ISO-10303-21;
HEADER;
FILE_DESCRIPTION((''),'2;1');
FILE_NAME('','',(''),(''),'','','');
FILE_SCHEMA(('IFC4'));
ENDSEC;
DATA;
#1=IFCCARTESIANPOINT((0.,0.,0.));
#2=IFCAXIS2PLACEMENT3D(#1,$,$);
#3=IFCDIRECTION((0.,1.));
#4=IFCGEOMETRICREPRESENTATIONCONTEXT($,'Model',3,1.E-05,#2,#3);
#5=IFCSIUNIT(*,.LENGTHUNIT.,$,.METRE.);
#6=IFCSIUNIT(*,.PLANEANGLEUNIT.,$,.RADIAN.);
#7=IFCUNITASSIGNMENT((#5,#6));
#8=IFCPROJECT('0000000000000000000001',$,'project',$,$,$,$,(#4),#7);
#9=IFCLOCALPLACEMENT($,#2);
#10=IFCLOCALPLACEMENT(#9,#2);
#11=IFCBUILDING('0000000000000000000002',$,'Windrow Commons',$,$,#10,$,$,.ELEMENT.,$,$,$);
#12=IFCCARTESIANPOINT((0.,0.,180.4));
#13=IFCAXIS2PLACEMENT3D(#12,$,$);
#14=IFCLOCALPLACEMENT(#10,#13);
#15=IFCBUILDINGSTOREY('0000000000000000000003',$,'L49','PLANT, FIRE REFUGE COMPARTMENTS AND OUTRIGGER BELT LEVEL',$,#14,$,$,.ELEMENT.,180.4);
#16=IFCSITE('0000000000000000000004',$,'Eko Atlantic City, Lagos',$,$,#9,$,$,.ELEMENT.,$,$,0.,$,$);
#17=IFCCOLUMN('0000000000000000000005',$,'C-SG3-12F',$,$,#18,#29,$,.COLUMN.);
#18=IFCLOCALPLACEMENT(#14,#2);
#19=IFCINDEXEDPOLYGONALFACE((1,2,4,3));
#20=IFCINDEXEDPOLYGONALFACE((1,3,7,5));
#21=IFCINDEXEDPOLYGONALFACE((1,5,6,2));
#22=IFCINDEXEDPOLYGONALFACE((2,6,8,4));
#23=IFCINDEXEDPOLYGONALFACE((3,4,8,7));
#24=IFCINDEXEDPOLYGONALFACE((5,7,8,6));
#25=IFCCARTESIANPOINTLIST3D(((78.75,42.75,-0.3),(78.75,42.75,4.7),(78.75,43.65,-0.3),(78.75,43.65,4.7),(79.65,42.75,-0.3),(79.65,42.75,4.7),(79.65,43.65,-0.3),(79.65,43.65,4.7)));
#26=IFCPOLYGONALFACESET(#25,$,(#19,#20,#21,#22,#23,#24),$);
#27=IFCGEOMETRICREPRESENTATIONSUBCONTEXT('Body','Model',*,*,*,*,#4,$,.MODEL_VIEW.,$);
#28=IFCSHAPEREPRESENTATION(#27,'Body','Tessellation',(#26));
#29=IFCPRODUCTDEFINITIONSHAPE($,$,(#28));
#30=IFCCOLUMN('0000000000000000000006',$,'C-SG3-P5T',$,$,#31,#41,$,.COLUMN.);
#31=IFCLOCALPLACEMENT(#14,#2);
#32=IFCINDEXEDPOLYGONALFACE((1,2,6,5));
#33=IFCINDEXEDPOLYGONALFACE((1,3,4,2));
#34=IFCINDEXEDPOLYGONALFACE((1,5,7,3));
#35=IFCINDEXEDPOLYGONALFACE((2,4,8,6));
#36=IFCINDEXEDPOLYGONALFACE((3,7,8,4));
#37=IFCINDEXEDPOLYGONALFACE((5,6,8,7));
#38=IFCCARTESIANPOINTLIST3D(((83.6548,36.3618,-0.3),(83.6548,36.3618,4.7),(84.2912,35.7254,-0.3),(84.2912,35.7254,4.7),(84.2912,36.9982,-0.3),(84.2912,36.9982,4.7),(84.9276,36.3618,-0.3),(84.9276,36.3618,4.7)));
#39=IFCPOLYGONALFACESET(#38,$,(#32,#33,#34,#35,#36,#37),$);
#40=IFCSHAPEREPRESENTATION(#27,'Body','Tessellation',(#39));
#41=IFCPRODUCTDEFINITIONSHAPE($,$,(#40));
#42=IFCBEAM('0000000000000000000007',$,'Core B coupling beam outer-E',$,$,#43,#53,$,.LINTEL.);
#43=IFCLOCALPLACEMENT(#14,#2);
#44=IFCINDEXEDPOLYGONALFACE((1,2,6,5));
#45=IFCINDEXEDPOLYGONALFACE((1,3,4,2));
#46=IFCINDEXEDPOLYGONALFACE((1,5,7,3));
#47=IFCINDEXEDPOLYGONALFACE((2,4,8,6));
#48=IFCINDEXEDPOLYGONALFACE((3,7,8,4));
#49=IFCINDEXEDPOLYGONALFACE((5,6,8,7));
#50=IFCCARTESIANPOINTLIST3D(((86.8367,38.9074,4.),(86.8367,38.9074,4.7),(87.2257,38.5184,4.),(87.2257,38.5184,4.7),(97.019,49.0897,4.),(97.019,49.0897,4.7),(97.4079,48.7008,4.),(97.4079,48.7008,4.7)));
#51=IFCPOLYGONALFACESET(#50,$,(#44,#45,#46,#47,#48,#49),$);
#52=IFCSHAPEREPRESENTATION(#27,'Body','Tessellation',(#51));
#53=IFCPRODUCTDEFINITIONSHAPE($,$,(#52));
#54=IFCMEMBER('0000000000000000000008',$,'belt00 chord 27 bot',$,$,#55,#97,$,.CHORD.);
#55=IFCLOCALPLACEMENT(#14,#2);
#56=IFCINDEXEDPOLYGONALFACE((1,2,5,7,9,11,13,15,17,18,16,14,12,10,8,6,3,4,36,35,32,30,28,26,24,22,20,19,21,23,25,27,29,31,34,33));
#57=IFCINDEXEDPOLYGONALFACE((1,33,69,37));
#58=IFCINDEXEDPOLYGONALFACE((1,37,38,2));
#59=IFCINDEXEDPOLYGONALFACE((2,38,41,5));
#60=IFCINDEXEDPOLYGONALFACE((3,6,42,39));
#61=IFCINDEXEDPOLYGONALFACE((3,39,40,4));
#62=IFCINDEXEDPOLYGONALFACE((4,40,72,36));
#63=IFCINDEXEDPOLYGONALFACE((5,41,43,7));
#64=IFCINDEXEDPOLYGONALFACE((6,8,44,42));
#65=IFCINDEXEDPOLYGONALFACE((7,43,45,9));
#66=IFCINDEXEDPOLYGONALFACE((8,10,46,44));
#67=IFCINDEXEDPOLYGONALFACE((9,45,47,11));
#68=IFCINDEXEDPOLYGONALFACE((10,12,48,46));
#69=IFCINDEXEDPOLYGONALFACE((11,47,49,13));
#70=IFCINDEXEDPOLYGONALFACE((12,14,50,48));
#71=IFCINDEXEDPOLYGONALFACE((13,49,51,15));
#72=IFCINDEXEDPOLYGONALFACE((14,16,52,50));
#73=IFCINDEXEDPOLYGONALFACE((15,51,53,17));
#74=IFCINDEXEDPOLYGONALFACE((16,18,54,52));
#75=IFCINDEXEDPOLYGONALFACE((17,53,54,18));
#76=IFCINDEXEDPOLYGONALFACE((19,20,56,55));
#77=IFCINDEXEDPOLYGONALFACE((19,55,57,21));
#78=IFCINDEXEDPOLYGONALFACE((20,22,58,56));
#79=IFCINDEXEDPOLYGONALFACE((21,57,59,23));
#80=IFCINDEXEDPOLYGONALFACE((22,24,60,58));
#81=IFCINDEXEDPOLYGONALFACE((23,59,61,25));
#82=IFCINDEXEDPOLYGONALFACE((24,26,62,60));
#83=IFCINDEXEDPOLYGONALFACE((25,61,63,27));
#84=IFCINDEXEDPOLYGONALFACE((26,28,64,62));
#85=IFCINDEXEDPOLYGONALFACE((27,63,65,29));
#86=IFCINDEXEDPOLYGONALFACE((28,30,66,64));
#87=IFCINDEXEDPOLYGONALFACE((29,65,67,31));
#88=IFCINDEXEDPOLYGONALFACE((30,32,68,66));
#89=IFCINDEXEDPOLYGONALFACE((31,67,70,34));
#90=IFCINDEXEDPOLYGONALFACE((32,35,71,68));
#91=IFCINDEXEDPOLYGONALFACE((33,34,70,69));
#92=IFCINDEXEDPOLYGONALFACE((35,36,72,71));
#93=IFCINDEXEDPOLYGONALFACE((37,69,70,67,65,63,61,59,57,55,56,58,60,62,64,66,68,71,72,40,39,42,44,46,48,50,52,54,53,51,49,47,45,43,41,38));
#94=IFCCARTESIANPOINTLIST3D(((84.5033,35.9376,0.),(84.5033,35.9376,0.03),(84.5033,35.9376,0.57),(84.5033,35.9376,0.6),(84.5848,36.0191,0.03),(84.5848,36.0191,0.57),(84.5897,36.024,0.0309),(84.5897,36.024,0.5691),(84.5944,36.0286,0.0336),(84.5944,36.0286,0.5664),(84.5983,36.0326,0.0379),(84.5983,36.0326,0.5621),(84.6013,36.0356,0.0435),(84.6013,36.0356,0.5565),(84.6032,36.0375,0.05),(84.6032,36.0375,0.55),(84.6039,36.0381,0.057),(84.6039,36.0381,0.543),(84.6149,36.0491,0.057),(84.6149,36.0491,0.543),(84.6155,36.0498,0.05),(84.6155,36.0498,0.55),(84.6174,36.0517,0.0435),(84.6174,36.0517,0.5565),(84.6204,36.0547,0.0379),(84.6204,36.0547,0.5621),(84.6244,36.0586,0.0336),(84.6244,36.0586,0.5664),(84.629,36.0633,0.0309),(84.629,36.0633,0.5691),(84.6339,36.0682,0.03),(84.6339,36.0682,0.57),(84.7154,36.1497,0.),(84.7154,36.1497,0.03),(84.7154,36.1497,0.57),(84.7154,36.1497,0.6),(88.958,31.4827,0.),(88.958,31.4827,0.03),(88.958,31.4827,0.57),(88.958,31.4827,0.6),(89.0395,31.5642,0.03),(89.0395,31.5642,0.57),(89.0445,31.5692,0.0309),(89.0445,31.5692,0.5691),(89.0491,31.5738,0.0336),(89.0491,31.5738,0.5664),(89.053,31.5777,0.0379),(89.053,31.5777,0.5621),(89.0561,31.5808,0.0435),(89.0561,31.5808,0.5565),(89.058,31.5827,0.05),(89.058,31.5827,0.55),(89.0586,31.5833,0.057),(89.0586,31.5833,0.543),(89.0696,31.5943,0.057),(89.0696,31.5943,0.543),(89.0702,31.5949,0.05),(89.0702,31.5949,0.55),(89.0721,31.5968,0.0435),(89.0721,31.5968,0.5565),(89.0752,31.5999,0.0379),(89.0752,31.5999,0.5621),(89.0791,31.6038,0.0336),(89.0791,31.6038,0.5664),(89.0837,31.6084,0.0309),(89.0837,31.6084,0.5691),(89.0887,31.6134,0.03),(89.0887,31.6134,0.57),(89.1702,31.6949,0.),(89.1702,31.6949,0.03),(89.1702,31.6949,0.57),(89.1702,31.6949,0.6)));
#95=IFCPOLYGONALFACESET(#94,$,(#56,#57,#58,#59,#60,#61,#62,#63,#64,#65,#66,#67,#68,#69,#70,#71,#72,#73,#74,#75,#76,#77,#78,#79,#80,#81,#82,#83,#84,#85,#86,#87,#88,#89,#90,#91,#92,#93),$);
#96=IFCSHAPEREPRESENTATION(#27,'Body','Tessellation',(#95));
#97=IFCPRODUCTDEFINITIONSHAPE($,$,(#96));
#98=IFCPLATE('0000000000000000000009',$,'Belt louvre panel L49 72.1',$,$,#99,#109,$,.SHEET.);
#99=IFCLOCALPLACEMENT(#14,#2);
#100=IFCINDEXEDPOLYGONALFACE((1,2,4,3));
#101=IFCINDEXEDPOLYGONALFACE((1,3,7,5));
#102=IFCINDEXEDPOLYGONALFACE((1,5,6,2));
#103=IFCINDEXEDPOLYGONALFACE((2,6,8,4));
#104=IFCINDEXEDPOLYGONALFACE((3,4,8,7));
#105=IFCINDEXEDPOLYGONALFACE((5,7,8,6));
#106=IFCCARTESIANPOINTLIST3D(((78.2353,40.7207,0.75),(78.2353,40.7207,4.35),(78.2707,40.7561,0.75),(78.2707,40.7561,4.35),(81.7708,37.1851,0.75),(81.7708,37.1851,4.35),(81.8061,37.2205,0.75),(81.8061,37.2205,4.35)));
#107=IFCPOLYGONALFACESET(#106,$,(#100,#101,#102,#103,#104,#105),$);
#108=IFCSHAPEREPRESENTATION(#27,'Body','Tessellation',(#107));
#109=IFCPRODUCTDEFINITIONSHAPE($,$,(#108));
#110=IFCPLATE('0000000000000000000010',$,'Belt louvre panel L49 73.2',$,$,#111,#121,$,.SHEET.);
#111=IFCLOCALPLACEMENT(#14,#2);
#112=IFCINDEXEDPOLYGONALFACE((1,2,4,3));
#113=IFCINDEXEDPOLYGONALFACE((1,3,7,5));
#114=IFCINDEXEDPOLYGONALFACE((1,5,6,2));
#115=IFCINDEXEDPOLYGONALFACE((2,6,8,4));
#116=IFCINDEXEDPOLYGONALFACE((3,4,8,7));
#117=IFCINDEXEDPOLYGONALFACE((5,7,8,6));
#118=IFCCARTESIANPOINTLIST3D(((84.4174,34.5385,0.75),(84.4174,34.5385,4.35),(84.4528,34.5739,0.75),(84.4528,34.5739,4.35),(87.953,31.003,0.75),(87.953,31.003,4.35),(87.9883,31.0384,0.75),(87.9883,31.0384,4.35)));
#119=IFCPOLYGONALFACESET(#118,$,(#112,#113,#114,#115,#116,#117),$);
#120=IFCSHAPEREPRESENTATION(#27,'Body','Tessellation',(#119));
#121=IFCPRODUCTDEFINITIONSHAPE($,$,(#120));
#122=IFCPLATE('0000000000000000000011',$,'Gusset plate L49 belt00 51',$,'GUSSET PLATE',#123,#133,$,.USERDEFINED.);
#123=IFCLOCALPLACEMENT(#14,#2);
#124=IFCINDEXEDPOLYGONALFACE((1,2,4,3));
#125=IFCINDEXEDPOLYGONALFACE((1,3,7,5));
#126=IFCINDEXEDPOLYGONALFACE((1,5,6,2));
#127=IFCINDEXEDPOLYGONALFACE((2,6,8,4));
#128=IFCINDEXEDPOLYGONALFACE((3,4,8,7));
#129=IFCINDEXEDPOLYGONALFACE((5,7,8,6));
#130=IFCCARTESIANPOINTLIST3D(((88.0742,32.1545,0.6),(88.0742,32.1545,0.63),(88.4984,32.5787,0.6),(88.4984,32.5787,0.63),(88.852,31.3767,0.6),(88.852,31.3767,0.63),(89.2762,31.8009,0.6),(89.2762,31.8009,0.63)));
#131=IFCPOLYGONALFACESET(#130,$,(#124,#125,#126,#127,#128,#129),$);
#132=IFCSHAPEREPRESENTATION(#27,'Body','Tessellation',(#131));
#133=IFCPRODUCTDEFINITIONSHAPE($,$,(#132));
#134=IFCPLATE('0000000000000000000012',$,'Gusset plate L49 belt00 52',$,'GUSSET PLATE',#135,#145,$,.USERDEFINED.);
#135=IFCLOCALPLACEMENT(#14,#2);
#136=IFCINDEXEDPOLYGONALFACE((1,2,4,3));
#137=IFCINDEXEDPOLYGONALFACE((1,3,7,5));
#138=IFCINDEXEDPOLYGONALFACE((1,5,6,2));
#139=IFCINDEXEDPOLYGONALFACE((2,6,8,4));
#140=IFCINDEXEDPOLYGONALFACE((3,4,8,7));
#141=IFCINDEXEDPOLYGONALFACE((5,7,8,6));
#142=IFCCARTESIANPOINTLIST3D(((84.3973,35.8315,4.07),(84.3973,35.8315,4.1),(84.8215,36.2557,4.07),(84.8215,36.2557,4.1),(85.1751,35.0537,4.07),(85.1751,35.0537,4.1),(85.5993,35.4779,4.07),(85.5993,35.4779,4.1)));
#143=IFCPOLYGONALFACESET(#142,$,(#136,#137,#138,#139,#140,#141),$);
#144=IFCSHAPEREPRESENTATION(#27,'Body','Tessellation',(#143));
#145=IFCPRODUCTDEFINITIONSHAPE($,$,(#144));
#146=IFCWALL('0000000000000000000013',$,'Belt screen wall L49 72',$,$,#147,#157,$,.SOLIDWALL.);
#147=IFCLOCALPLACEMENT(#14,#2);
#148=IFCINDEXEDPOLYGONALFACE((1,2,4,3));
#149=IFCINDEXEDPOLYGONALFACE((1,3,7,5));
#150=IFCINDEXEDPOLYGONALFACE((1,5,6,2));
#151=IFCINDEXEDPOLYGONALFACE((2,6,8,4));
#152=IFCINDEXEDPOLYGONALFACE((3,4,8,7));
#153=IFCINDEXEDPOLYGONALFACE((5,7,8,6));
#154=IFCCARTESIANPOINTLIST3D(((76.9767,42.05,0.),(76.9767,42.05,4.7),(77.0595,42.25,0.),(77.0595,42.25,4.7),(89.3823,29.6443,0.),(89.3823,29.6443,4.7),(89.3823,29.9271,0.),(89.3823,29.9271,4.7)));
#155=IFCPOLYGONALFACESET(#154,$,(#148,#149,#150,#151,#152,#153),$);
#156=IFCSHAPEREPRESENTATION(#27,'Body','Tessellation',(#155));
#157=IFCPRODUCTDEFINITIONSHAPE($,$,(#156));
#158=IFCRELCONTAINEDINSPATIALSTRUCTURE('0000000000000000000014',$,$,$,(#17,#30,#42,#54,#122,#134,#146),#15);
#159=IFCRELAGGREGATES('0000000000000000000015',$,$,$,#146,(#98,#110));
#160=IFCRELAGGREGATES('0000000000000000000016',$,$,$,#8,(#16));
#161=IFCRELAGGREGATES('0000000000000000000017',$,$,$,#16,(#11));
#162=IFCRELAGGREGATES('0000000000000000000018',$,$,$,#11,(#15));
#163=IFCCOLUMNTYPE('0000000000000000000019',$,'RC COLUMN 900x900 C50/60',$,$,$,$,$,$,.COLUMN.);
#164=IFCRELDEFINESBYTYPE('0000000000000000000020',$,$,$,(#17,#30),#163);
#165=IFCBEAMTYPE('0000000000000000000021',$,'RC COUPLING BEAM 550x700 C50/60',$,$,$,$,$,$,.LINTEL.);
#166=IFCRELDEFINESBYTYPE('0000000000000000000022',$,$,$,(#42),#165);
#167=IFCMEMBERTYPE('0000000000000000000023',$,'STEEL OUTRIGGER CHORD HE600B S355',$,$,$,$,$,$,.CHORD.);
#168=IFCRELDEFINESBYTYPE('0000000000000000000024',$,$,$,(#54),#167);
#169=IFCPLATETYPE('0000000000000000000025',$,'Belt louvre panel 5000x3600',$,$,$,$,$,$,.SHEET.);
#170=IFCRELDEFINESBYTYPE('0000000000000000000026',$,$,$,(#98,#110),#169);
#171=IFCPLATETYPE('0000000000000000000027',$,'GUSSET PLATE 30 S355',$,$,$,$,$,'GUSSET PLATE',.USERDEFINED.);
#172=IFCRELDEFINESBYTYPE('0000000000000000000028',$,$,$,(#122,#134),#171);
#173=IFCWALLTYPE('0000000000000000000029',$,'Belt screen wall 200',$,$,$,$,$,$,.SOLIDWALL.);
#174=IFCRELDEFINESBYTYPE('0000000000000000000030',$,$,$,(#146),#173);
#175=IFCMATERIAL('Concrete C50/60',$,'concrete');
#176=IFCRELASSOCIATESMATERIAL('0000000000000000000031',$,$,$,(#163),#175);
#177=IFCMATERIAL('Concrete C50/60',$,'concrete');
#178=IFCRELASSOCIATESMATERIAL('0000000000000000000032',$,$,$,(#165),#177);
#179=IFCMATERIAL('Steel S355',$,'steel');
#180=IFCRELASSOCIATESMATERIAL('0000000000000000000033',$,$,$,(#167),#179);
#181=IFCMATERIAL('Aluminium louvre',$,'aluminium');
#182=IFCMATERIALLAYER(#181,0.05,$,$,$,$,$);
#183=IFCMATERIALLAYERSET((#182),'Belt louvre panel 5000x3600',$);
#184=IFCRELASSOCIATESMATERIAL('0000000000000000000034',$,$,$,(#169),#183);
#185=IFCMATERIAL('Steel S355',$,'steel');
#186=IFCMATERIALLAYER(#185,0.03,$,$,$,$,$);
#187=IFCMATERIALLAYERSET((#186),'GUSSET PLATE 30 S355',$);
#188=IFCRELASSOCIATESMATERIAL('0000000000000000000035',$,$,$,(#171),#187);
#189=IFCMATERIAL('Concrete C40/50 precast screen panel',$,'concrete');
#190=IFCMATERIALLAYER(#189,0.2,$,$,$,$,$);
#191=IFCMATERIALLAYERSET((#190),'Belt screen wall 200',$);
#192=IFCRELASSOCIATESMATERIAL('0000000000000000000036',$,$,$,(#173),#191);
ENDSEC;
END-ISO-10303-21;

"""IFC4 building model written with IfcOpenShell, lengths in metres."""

from ifc_helpers import new_model, si_unit, direction, frame, origin, origin_2d, place, context, subcontext, project, spatial, polyline, rectangle, i_section, outline, extrude, material, layer, layer_set, material_profile, profile_set, type_object, element, aggregate, save


model = new_model("IFC4")

# Units and contexts
model_context = context("Model", 3, precision=1e-05, world=origin(), true_north=direction((0.0, 1.0)))
body_context = subcontext(model_context, "Body", "Model", "MODEL_VIEW")
ifc_project = project(units=[si_unit("LENGTHUNIT", "METRE"), si_unit("PLANEANGLEUNIT", "RADIAN")], contexts=[model_context])

# Site, building, storey
site_placement = place(None, origin())
site = spatial("IfcSite", under=ifc_project, at=site_placement, Name="Eko Atlantic City, Lagos", CompositionType="ELEMENT", RefElevation=0.0)
building_placement = place(site_placement, origin())
building = spatial("IfcBuilding", under=site, at=building_placement, Name="Windrow Commons", CompositionType="ELEMENT")
storey_placement = place(building_placement, frame((0.0, 0.0, 180.4)))
storey = spatial("IfcBuildingStorey", under=building, at=storey_placement, Name="L49", Description="PLANT, FIRE REFUGE COMPARTMENTS AND OUTRIGGER BELT LEVEL", CompositionType="ELEMENT", Elevation=180.4)

# Columns
ifc_material_1 = material(Name="Concrete C50/60", Category="concrete")
ifc_material_profile_1 = material_profile(ifc_material_1, rectangle(XDim=0.9, YDim=0.9, at=origin_2d()))
ifc_profile_set_1 = profile_set([ifc_material_profile_1], Name="Concrete C50/60")
column_type = type_object("IfcColumnType", Name="RC COLUMN 900x900 C50/60", PredefinedType="COLUMN", material=ifc_profile_set_1)
for number, where, z_axis, x_axis, name in (
    (1, (79.2, 43.2, -0.3), (0.0, 0.0, 1.0), (1.0, 0.0, 0.0), "C-SG3-12F"),
    (2, (84.2912, 36.3618, -0.3), (0.0, 0.0, 1.0), (0.707107, -0.707107, 0.0), "C-SG3-P5T"),
):
    element("IfcColumn", number, at=place(storey_placement, frame(where, z_axis=z_axis, x_axis=x_axis)), inside=storey, type_object=column_type, Name=name, PredefinedType="COLUMN", context=body_context, shape_type="SweptSolid", body=[
        extrude(rectangle(XDim=0.9, YDim=0.9, at=origin_2d()), origin(), (0.0, 0.0, 1.0), 5.0),
    ])

# Beam
ifc_material_2 = material(Name="Concrete C50/60", Category="concrete")
ifc_material_profile_2 = material_profile(ifc_material_2, rectangle(XDim=0.55, YDim=0.7, at=origin_2d()))
ifc_profile_set_2 = profile_set([ifc_material_profile_2], Name="Concrete C50/60")
beam_type = type_object("IfcBeamType", Name="RC COUPLING BEAM 550x700 C50/60", PredefinedType="LINTEL", material=ifc_profile_set_2)
beam_placement = place(storey_placement, frame((87.0312, 38.7129, 4.35), z_axis=(0.707103, 0.70711, 0.0), x_axis=(-0.70711, 0.707103, 0.0)))
element("IfcBeam", 3, at=beam_placement, inside=storey, type_object=beam_type, Name="Core B coupling beam outer-E", PredefinedType="LINTEL", context=body_context, shape_type="SweptSolid", body=[
    extrude(rectangle(XDim=0.55, YDim=0.7, at=origin_2d()), origin(), (0.0, 0.0, 1.0), 14.4),
])

# Member
ifc_material_3 = material(Name="Steel S355", Category="steel")
ifc_material_profile_3 = material_profile(ifc_material_3, i_section(OverallWidth=0.3, OverallDepth=0.6, WebThickness=0.0155, FlangeThickness=0.03, FilletRadius=0.027, at=origin_2d()))
ifc_profile_set_3 = profile_set([ifc_material_profile_3], Name="Steel S355")
member_type = type_object("IfcMemberType", Name="STEEL OUTRIGGER CHORD HE600B S355", PredefinedType="CHORD", material=ifc_profile_set_3)
member_placement = place(storey_placement, frame((89.0641, 31.5888, 0.3), z_axis=(-0.707099, 0.707115, 0.0), x_axis=(-0.707115, -0.707099, 0.0)))
element("IfcMember", 4, at=member_placement, inside=storey, type_object=member_type, Name="belt00 chord 27 bot", PredefinedType="CHORD", context=body_context, shape_type="SweptSolid", body=[
    extrude(i_section(OverallWidth=0.3, OverallDepth=0.6, WebThickness=0.0155, FlangeThickness=0.03, FilletRadius=0.027, at=origin_2d()), origin(), (0.0, 0.0, 1.0), 6.3),
])

# Plates
ifc_material_4 = material(Name="Aluminium louvre", Category="aluminium")
ifc_layer_1 = layer(ifc_material_4, 0.05)
ifc_layer_set_1 = layer_set([ifc_layer_1], Name="Belt louvre panel 5000x3600")
plate_type_1 = type_object("IfcPlateType", Name="Belt louvre panel 5000x3600", PredefinedType="SHEET", material=ifc_layer_set_1)
plate_1_placement = place(storey_placement, frame((78.2353, 40.7207, 0.75), z_axis=(-0.707117, -0.707097, 0.0), x_axis=(0.707097, -0.707117, 0.0)))
plate_1 = element("IfcPlate", 5, at=plate_1_placement, type_object=plate_type_1, Name="Belt louvre panel L49 72.1", PredefinedType="SHEET", context=body_context, shape_type="SweptSolid", body=[
    extrude(outline(polyline([(0.0, 0.0), (5.0, 0.0), (5.0, 3.6), (0.0, 3.6), (0.0, 0.0)])), origin(), (0.0, 0.0, -1.0), 0.05),
])
plate_2_placement = place(storey_placement, frame((84.4174, 34.5385, 0.75), z_axis=(-0.707097, -0.707117, 0.0), x_axis=(0.707117, -0.707097, 0.0)))
plate_2 = element("IfcPlate", 6, at=plate_2_placement, type_object=plate_type_1, Name="Belt louvre panel L49 73.2", PredefinedType="SHEET", context=body_context, shape_type="SweptSolid", body=[
    extrude(outline(polyline([(0.0, 0.0), (5.0, 0.0), (5.0, 3.6), (0.0, 3.6), (0.0, 0.0)])), origin(), (0.0, 0.0, -1.0), 0.05),
])

# Plates
ifc_material_5 = material(Name="Steel S355", Category="steel")
ifc_layer_2 = layer(ifc_material_5, 0.03)
ifc_layer_set_2 = layer_set([ifc_layer_2], Name="GUSSET PLATE 30 S355")
plate_type_2 = type_object("IfcPlateType", Name="GUSSET PLATE 30 S355", ElementType="GUSSET PLATE", PredefinedType="USERDEFINED", material=ifc_layer_set_2)
for number, where, z_axis, x_axis, name in (
    (7, (88.6752, 31.9777, 0.6), (0.0, 0.0, 1.0), (-0.707099, 0.707114, 0.0), "Gusset plate L49 belt00 51"),
    (8, (84.9983, 35.6547, 4.07), (0.0, 0.0, 1.0), (-0.707099, 0.707114, 0.0), "Gusset plate L49 belt00 52"),
):
    element("IfcPlate", number, at=place(storey_placement, frame(where, z_axis=z_axis, x_axis=x_axis)), inside=storey, type_object=plate_type_2, Name=name, ObjectType="GUSSET PLATE", PredefinedType="USERDEFINED", context=body_context, shape_type="SweptSolid", body=[
        extrude(rectangle(XDim=1.1, YDim=0.6, at=origin_2d()), origin(), (0.0, 0.0, 1.0), 0.03),
    ])

# Wall
ifc_material_6 = material(Name="Concrete C40/50 precast screen panel", Category="concrete")
ifc_layer_3 = layer(ifc_material_6, 0.2)
ifc_layer_set_3 = layer_set([ifc_layer_3], Name="Belt screen wall 200")
wall_type_1 = type_object("IfcWallType", Name="Belt screen wall 200", PredefinedType="SOLIDWALL", material=ifc_layer_set_3)
wall_1_placement = place(storey_placement, frame((77.0181, 42.15, 0.0), z_axis=(0.0, 0.0, 1.0), x_axis=(0.707104, -0.70711, 0.0)))
wall_1 = element("IfcWall", 9, at=wall_1_placement, inside=storey, type_object=wall_type_1, Name="Belt screen wall L49 72", PredefinedType="SOLIDWALL", context=body_context, shape_type="SweptSolid", body=[
    extrude(outline(polyline([(0.0414, -0.1), (17.5857, -0.1), (17.3857, 0.1), (-0.0414, 0.1), (0.0414, -0.1)])), origin(), (0.0, 0.0, 1.0), 4.7),
])
aggregate(wall_1, [plate_1, plate_2])

save(model, "model.ifc")
